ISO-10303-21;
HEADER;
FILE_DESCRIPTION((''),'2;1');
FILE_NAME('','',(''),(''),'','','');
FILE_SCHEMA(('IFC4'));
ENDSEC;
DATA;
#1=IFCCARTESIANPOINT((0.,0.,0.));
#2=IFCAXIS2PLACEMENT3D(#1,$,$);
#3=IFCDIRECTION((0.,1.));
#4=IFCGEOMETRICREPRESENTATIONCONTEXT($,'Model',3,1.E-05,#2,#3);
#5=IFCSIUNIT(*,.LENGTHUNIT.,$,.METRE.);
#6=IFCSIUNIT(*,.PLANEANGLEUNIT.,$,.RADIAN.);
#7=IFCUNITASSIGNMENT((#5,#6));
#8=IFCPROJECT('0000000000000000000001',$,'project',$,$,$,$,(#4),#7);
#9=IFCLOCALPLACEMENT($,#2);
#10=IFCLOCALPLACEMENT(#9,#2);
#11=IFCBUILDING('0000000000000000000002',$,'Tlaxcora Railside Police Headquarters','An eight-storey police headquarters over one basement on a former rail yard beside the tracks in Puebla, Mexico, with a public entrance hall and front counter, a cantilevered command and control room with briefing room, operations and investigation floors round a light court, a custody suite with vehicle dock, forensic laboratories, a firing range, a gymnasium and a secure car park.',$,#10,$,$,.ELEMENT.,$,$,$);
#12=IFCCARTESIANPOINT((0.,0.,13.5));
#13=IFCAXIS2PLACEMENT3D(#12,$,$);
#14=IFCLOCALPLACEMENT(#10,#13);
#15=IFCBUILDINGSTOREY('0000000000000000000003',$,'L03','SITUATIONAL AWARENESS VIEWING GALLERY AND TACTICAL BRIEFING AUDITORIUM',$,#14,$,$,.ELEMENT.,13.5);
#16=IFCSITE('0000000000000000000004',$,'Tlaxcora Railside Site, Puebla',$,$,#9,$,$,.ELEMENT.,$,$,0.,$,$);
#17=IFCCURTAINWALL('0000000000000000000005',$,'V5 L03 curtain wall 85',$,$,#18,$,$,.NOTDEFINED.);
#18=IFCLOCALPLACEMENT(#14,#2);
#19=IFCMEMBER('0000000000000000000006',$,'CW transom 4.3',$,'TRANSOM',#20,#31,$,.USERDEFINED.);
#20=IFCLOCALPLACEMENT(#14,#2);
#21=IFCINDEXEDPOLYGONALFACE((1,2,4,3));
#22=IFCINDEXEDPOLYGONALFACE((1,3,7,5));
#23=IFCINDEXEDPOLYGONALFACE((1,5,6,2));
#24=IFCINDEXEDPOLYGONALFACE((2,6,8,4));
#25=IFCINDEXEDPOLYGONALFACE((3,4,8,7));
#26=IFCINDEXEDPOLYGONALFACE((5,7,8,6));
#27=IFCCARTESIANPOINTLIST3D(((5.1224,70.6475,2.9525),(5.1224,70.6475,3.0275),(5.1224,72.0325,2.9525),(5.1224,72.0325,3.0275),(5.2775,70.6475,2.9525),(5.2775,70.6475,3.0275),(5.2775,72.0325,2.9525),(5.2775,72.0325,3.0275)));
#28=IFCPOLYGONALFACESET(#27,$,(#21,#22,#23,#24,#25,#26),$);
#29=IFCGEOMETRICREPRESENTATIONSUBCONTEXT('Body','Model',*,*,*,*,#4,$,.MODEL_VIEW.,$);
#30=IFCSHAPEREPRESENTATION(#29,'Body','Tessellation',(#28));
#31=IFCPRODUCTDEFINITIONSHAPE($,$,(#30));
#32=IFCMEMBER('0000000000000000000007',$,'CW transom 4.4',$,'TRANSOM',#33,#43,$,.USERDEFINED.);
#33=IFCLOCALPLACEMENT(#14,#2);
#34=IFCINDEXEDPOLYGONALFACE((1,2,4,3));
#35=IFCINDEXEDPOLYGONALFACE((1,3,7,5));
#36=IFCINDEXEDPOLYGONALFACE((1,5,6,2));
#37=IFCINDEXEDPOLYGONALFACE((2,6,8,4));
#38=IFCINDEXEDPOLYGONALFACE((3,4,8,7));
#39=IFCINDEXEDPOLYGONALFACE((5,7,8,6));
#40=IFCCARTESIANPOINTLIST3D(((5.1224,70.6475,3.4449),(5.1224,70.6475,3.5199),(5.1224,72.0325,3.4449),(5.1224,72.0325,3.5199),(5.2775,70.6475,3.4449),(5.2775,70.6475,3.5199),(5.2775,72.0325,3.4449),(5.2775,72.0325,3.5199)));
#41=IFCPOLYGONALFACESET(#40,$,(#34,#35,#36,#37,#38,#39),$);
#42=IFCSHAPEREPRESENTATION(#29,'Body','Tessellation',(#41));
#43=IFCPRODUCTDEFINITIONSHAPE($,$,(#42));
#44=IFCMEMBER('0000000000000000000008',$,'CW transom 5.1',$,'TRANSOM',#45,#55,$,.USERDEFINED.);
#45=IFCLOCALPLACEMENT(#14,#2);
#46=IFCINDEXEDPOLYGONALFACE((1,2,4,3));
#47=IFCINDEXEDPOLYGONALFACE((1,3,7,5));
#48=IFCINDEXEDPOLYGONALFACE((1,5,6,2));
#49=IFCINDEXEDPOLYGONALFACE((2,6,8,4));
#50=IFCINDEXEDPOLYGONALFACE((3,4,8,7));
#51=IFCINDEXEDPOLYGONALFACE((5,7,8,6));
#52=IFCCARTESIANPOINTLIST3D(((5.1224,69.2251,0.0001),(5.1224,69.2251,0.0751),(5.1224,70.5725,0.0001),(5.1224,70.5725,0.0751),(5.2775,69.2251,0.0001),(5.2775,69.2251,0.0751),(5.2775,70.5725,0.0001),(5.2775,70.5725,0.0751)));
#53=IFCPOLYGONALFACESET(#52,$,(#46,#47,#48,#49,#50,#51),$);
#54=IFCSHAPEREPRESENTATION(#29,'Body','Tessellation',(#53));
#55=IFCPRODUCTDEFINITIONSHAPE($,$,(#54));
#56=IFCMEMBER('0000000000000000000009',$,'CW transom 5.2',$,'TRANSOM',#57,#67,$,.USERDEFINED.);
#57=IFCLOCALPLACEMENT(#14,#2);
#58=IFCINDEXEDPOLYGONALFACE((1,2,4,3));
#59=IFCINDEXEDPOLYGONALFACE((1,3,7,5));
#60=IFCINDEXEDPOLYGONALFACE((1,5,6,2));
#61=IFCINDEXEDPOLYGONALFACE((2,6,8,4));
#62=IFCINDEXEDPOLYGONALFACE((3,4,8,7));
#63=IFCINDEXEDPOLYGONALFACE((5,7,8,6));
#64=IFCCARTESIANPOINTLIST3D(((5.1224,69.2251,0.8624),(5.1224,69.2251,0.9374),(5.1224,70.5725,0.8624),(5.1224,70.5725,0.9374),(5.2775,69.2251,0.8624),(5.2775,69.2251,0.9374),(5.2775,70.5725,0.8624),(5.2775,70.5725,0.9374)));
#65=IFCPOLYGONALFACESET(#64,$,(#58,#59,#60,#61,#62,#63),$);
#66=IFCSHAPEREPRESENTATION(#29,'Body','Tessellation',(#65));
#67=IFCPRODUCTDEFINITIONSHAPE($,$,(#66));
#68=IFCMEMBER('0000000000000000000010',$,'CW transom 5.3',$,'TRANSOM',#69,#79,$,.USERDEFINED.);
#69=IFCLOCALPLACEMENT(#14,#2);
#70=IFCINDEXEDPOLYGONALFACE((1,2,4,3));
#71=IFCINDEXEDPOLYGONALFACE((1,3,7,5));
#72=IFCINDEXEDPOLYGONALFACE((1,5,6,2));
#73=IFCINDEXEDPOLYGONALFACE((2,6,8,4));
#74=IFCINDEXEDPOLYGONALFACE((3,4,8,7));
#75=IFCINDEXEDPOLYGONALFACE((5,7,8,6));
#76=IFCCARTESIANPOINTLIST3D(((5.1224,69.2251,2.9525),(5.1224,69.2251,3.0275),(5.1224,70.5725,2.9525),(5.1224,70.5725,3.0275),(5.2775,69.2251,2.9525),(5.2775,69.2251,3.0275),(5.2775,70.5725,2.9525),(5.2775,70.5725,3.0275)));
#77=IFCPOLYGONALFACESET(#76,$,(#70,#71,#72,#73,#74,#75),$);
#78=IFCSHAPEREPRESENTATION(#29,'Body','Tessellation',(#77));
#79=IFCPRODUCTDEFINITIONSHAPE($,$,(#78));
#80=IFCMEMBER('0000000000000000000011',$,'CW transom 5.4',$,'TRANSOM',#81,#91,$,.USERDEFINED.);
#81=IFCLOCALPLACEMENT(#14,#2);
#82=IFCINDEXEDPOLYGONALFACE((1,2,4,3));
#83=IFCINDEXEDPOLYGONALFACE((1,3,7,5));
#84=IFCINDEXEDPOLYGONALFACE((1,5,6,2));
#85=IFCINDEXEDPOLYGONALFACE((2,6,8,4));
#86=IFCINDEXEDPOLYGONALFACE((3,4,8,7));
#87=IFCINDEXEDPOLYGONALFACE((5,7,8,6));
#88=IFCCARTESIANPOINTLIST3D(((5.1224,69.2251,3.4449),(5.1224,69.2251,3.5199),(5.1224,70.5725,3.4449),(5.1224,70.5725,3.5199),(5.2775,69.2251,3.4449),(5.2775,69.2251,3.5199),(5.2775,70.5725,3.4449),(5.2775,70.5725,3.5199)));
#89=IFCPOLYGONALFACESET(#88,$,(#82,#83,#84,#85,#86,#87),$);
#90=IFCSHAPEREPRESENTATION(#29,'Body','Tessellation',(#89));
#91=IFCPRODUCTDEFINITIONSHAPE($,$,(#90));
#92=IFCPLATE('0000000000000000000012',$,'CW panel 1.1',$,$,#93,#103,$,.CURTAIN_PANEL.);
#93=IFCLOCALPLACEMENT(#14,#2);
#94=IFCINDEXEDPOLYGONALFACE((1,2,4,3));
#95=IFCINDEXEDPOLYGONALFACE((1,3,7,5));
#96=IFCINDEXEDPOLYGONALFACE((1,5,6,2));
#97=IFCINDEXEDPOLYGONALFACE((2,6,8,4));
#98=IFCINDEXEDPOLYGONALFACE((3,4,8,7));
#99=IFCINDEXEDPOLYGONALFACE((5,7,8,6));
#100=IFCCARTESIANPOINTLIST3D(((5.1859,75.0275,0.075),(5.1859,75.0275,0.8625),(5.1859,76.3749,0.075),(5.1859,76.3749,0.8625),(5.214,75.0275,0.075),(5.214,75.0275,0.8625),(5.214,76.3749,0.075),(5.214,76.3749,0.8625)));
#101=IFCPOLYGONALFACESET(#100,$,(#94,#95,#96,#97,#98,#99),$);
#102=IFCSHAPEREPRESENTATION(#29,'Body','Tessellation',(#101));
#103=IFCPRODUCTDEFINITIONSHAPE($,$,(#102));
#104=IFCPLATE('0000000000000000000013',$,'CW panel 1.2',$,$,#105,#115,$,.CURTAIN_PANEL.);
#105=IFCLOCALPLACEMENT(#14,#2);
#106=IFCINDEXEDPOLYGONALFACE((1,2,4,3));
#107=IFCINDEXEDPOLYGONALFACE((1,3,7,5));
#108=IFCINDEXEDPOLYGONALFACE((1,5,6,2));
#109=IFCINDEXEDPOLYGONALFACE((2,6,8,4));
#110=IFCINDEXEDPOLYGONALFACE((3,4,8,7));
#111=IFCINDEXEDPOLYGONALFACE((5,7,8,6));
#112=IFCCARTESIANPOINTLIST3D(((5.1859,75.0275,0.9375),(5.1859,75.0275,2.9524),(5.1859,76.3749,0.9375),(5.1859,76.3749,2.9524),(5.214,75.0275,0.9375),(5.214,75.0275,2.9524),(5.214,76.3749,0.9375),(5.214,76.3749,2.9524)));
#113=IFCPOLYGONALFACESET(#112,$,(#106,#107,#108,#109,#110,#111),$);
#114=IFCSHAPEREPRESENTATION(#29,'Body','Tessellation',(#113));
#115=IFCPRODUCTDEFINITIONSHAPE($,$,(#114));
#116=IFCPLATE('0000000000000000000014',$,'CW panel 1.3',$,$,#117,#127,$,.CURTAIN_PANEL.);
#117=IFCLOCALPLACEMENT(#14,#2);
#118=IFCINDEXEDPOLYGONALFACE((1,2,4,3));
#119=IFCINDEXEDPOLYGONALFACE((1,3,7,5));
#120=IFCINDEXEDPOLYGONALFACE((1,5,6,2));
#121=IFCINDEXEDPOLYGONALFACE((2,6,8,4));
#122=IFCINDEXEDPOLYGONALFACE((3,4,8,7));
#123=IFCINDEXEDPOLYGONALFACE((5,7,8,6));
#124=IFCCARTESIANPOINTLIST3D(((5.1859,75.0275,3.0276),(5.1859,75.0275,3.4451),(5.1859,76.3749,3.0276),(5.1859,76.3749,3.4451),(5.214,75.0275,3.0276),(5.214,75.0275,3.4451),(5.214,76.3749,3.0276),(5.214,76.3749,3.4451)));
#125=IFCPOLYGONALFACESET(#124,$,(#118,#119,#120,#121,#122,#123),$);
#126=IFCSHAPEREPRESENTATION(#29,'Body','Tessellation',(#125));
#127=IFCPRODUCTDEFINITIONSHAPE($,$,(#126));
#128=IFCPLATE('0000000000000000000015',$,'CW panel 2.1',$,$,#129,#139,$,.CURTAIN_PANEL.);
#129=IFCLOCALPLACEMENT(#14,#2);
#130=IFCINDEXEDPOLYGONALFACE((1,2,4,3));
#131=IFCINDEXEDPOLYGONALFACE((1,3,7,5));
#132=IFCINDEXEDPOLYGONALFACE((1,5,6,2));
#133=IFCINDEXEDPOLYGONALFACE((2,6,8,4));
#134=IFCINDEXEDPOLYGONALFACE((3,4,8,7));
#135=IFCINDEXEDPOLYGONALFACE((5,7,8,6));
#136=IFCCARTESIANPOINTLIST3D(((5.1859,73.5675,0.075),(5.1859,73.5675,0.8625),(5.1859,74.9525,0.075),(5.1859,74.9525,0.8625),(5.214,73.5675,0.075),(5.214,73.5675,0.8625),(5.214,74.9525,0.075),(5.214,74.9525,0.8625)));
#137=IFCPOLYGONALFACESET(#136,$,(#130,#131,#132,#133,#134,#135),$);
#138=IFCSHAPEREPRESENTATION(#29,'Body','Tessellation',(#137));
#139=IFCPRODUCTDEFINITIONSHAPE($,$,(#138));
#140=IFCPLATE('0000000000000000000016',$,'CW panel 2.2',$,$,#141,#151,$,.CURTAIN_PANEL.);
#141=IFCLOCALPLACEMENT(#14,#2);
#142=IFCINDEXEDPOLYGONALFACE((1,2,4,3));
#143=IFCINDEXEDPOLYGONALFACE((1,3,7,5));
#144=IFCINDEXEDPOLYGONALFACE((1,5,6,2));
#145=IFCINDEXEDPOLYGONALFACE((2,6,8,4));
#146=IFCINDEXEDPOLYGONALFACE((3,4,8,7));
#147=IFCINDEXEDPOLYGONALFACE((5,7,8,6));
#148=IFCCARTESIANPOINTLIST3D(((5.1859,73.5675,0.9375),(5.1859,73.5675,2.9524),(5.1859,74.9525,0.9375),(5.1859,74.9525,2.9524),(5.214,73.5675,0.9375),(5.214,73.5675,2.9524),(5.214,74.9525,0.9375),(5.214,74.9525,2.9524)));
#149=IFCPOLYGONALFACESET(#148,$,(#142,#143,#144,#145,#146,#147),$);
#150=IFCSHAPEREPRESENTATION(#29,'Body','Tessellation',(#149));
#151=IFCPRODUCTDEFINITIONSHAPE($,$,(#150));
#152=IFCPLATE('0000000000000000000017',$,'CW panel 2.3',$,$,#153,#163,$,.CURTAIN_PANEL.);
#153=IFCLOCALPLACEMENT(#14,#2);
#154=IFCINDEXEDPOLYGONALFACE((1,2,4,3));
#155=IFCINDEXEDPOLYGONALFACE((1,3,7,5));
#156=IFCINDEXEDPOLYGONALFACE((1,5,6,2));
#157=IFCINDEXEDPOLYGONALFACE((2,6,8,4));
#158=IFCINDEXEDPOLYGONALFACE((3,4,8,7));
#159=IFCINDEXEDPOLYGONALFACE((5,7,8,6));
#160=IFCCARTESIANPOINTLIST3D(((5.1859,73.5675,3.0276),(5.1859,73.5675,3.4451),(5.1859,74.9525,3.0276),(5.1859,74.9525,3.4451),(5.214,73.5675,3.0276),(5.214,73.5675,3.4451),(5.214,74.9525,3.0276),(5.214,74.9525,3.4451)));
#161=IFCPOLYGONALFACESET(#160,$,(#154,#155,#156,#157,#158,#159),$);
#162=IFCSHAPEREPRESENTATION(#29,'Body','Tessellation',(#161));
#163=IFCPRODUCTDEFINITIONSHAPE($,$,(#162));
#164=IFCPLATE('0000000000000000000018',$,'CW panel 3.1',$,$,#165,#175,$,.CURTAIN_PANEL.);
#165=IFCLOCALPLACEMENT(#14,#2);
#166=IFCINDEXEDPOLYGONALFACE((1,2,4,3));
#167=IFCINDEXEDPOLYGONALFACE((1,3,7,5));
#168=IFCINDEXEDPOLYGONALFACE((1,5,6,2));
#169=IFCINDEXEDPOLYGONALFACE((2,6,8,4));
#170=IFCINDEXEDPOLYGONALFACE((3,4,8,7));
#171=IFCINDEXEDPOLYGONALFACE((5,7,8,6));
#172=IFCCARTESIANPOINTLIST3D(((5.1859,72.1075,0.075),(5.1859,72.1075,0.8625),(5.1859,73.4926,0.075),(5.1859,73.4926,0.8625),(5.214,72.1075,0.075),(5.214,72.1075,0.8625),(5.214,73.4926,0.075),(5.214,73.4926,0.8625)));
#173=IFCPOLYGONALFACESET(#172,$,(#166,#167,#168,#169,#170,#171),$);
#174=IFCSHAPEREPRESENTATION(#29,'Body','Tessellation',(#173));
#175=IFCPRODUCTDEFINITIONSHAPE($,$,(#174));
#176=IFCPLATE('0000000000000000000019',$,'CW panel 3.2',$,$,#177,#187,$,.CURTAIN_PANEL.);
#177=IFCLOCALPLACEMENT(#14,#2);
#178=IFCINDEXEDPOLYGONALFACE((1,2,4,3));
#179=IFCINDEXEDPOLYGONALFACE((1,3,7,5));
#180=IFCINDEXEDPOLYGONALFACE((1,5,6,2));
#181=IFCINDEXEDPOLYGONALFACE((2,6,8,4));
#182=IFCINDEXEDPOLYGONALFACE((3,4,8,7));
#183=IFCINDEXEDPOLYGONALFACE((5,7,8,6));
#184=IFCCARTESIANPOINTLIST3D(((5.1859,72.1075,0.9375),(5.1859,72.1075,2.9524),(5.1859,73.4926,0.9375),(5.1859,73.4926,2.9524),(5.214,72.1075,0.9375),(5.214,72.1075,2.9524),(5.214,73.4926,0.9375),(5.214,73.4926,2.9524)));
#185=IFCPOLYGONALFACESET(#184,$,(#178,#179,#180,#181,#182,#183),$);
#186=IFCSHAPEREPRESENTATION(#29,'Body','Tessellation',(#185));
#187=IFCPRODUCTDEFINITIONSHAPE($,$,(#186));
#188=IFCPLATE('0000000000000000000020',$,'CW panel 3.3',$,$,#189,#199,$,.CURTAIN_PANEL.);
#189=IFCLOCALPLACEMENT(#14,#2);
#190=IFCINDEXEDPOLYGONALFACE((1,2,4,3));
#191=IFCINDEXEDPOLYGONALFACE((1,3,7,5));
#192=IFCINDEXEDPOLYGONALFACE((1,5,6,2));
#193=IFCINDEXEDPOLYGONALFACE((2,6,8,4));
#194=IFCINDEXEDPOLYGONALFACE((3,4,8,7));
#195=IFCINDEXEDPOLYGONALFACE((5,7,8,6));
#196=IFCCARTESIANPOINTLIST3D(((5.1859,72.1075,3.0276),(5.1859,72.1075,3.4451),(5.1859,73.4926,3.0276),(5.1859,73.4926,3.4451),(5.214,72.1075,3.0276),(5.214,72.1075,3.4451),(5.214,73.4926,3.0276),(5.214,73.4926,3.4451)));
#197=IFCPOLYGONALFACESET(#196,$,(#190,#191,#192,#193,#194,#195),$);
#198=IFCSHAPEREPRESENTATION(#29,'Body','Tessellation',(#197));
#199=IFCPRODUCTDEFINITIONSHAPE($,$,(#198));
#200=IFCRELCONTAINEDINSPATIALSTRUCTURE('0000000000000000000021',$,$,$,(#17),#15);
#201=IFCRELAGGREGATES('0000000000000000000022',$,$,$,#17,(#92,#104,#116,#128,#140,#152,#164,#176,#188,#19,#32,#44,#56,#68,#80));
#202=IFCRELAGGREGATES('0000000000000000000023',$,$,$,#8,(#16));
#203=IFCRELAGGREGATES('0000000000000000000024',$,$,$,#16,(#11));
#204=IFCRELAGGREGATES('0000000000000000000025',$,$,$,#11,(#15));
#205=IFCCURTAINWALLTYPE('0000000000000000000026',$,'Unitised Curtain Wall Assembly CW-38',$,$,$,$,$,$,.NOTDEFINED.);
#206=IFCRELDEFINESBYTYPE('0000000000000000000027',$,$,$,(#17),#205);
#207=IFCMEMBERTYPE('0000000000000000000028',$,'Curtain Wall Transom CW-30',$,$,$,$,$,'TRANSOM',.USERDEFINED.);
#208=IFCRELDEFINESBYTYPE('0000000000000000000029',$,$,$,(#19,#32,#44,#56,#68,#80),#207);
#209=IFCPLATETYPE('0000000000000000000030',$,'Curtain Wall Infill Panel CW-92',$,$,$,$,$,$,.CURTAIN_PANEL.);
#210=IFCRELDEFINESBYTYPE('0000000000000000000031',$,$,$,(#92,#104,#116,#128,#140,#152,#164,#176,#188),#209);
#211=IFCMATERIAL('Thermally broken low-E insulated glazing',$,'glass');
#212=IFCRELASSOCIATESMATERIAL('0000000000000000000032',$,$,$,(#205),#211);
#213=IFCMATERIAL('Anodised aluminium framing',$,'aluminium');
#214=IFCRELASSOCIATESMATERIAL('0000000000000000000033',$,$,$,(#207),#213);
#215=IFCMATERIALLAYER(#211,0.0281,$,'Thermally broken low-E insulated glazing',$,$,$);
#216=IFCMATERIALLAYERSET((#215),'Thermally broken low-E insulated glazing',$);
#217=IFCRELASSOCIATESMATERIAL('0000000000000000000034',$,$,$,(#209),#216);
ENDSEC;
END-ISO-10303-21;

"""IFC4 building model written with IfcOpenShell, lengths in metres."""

from ifc_helpers import new_model, si_unit, direction, frame, origin, origin_2d, place, context, subcontext, project, spatial, rectangle, extrude, material, layer, layer_set, material_profile, profile_set, type_object, element, aggregate, save


model = new_model("IFC4")

# Units and contexts
model_context = context("Model", 3, precision=1e-05, world=origin(), true_north=direction((0.0, 1.0)))
body_context = subcontext(model_context, "Body", "Model", "MODEL_VIEW")
ifc_project = project(units=[si_unit("LENGTHUNIT", "METRE"), si_unit("PLANEANGLEUNIT", "RADIAN")], contexts=[model_context])

# Site, building, storey
site_placement = place(None, origin())
site = spatial("IfcSite", under=ifc_project, at=site_placement, Name="Tlaxcora Railside Site, Puebla", CompositionType="ELEMENT", RefElevation=0.0)
building_placement = place(site_placement, origin())
building = spatial("IfcBuilding", under=site, at=building_placement, Name="Tlaxcora Railside Police Headquarters", Description="An eight-storey police headquarters over one basement on a former rail yard beside the tracks in Puebla, Mexico, with a public entrance hall and front counter, a cantilevered command and control room with briefing room, operations and investigation floors round a light court, a custody suite with vehicle dock, forensic laboratories, a firing range, a gymnasium and a secure car park.", CompositionType="ELEMENT")
storey_placement = place(building_placement, frame((0.0, 0.0, 13.5)))
storey = spatial("IfcBuildingStorey", under=building, at=storey_placement, Name="L03", Description="SITUATIONAL AWARENESS VIEWING GALLERY AND TACTICAL BRIEFING AUDITORIUM", CompositionType="ELEMENT", Elevation=13.5)

# Curtain wall, members, plates
ifc_material_1 = material(Name="Thermally broken low-E insulated glazing", Category="glass")
curtain_wall_type = type_object("IfcCurtainWallType", Name="Unitised Curtain Wall Assembly CW-38", PredefinedType="NOTDEFINED", material=ifc_material_1)
curtain_wall_placement = place(storey_placement, origin())
curtain_wall = element("IfcCurtainWall", 1, at=curtain_wall_placement, inside=storey, type_object=curtain_wall_type, Name="V5 L03 curtain wall 85", PredefinedType="NOTDEFINED")
ifc_material_2 = material(Name="Anodised aluminium framing", Category="aluminium")
ifc_material_profile_1 = material_profile(ifc_material_2, rectangle(XDim=0.155, YDim=0.075, at=origin_2d()), Name="AL75X155")
ifc_profile_set_1 = profile_set([ifc_material_profile_1], Name="Anodised aluminium framing")
member_type_1 = type_object("IfcMemberType", Name="Curtain Wall Transom CW-30", ElementType="TRANSOM", PredefinedType="USERDEFINED", material=ifc_profile_set_1)
member_1_placement = place(storey_placement, frame((5.2, 72.0325, 2.99), z_axis=(0.0, -1.0, 0.0), x_axis=(1.0, 0.0, 0.0)))
member_1 = element("IfcMember", 2, at=member_1_placement, type_object=member_type_1, Name="CW transom 4.3", ObjectType="TRANSOM", PredefinedType="USERDEFINED", context=body_context, shape_type="SweptSolid", body=[
    extrude(rectangle(XDim=0.155, YDim=0.075, at=origin_2d()), origin(), (0.0, 0.0, 1.0), 1.385),
])
member_2_placement = place(storey_placement, frame((5.2, 72.0325, 3.4824), z_axis=(0.0, -1.0, 0.0), x_axis=(1.0, 0.0, 0.0)))
member_2 = element("IfcMember", 3, at=member_2_placement, type_object=member_type_1, Name="CW transom 4.4", ObjectType="TRANSOM", PredefinedType="USERDEFINED", context=body_context, shape_type="SweptSolid", body=[
    extrude(rectangle(XDim=0.155, YDim=0.075, at=origin_2d()), origin(), (0.0, 0.0, 1.0), 1.385),
])
member_3_placement = place(storey_placement, frame((5.2, 70.5725, 0.0376), z_axis=(0.0, -1.0, 0.0), x_axis=(1.0, 0.0, 0.0)))
member_3 = element("IfcMember", 4, at=member_3_placement, type_object=member_type_1, Name="CW transom 5.1", ObjectType="TRANSOM", PredefinedType="USERDEFINED", context=body_context, shape_type="SweptSolid", body=[
    extrude(rectangle(XDim=0.155, YDim=0.075, at=origin_2d()), origin(), (0.0, 0.0, 1.0), 1.3474),
])
member_4_placement = place(storey_placement, frame((5.2, 70.5725, 0.8999), z_axis=(0.0, -1.0, 0.0), x_axis=(1.0, 0.0, 0.0)))
member_4 = element("IfcMember", 5, at=member_4_placement, type_object=member_type_1, Name="CW transom 5.2", ObjectType="TRANSOM", PredefinedType="USERDEFINED", context=body_context, shape_type="SweptSolid", body=[
    extrude(rectangle(XDim=0.155, YDim=0.075, at=origin_2d()), origin(), (0.0, 0.0, 1.0), 1.3474),
])
member_5_placement = place(storey_placement, frame((5.2, 70.5725, 2.99), z_axis=(0.0, -1.0, 0.0), x_axis=(1.0, 0.0, 0.0)))
member_5 = element("IfcMember", 6, at=member_5_placement, type_object=member_type_1, Name="CW transom 5.3", ObjectType="TRANSOM", PredefinedType="USERDEFINED", context=body_context, shape_type="SweptSolid", body=[
    extrude(rectangle(XDim=0.155, YDim=0.075, at=origin_2d()), origin(), (0.0, 0.0, 1.0), 1.3474),
])
member_6_placement = place(storey_placement, frame((5.2, 70.5725, 3.4824), z_axis=(0.0, -1.0, 0.0), x_axis=(1.0, 0.0, 0.0)))
member_6 = element("IfcMember", 7, at=member_6_placement, type_object=member_type_1, Name="CW transom 5.4", ObjectType="TRANSOM", PredefinedType="USERDEFINED", context=body_context, shape_type="SweptSolid", body=[
    extrude(rectangle(XDim=0.155, YDim=0.075, at=origin_2d()), origin(), (0.0, 0.0, 1.0), 1.3474),
])
ifc_layer_1 = layer(ifc_material_1, 0.0281, Name="Thermally broken low-E insulated glazing")
ifc_layer_set_1 = layer_set([ifc_layer_1], Name="Thermally broken low-E insulated glazing")
plate_type = type_object("IfcPlateType", Name="Curtain Wall Infill Panel CW-92", PredefinedType="CURTAIN_PANEL", material=ifc_layer_set_1)
plate_1_placement = place(storey_placement, frame((5.2, 75.7012, 0.075), z_axis=(0.0, 0.0, 1.0), x_axis=(0.0, -1.0, 0.0)))
plate_1 = element("IfcPlate", 8, at=plate_1_placement, type_object=plate_type, Name="CW panel 1.1", PredefinedType="CURTAIN_PANEL", context=body_context, shape_type="SweptSolid", body=[
    extrude(rectangle(XDim=1.3474, YDim=0.0281, at=origin_2d()), origin(), (0.0, 0.0, 1.0), 0.7876),
])
plate_2_placement = place(storey_placement, frame((5.2, 75.7012, 0.9375), z_axis=(0.0, 0.0, 1.0), x_axis=(0.0, -1.0, 0.0)))
plate_2 = element("IfcPlate", 9, at=plate_2_placement, type_object=plate_type, Name="CW panel 1.2", PredefinedType="CURTAIN_PANEL", context=body_context, shape_type="SweptSolid", body=[
    extrude(rectangle(XDim=1.3474, YDim=0.0281, at=origin_2d()), origin(), (0.0, 0.0, 1.0), 2.0149),
])
plate_3_placement = place(storey_placement, frame((5.2, 75.7012, 3.0276), z_axis=(0.0, 0.0, 1.0), x_axis=(0.0, -1.0, 0.0)))
plate_3 = element("IfcPlate", 10, at=plate_3_placement, type_object=plate_type, Name="CW panel 1.3", PredefinedType="CURTAIN_PANEL", context=body_context, shape_type="SweptSolid", body=[
    extrude(rectangle(XDim=1.3474, YDim=0.0281, at=origin_2d()), origin(), (0.0, 0.0, 1.0), 0.4175),
])
plate_4_placement = place(storey_placement, frame((5.2, 74.26, 0.075), z_axis=(0.0, 0.0, 1.0), x_axis=(0.0, -1.0, 0.0)))
plate_4 = element("IfcPlate", 11, at=plate_4_placement, type_object=plate_type, Name="CW panel 2.1", PredefinedType="CURTAIN_PANEL", context=body_context, shape_type="SweptSolid", body=[
    extrude(rectangle(XDim=1.385, YDim=0.0281, at=origin_2d()), origin(), (0.0, 0.0, 1.0), 0.7876),
])
plate_5_placement = place(storey_placement, frame((5.2, 74.26, 0.9375), z_axis=(0.0, 0.0, 1.0), x_axis=(0.0, -1.0, 0.0)))
plate_5 = element("IfcPlate", 12, at=plate_5_placement, type_object=plate_type, Name="CW panel 2.2", PredefinedType="CURTAIN_PANEL", context=body_context, shape_type="SweptSolid", body=[
    extrude(rectangle(XDim=1.385, YDim=0.0281, at=origin_2d()), origin(), (0.0, 0.0, 1.0), 2.0149),
])
plate_6_placement = place(storey_placement, frame((5.2, 74.26, 3.0276), z_axis=(0.0, 0.0, 1.0), x_axis=(0.0, -1.0, 0.0)))
plate_6 = element("IfcPlate", 13, at=plate_6_placement, type_object=plate_type, Name="CW panel 2.3", PredefinedType="CURTAIN_PANEL", context=body_context, shape_type="SweptSolid", body=[
    extrude(rectangle(XDim=1.385, YDim=0.0281, at=origin_2d()), origin(), (0.0, 0.0, 1.0), 0.4175),
])
plate_7_placement = place(storey_placement, frame((5.2, 72.8, 0.075), z_axis=(0.0, 0.0, 1.0), x_axis=(0.0, -1.0, 0.0)))
plate_7 = element("IfcPlate", 14, at=plate_7_placement, type_object=plate_type, Name="CW panel 3.1", PredefinedType="CURTAIN_PANEL", context=body_context, shape_type="SweptSolid", body=[
    extrude(rectangle(XDim=1.385, YDim=0.0281, at=origin_2d()), origin(), (0.0, 0.0, 1.0), 0.7876),
])
plate_8_placement = place(storey_placement, frame((5.2, 72.8, 0.9375), z_axis=(0.0, 0.0, 1.0), x_axis=(0.0, -1.0, 0.0)))
plate_8 = element("IfcPlate", 15, at=plate_8_placement, type_object=plate_type, Name="CW panel 3.2", PredefinedType="CURTAIN_PANEL", context=body_context, shape_type="SweptSolid", body=[
    extrude(rectangle(XDim=1.385, YDim=0.0281, at=origin_2d()), origin(), (0.0, 0.0, 1.0), 2.0149),
])
plate_9_placement = place(storey_placement, frame((5.2, 72.8, 3.0276), z_axis=(0.0, 0.0, 1.0), x_axis=(0.0, -1.0, 0.0)))
plate_9 = element("IfcPlate", 16, at=plate_9_placement, type_object=plate_type, Name="CW panel 3.3", PredefinedType="CURTAIN_PANEL", context=body_context, shape_type="SweptSolid", body=[
    extrude(rectangle(XDim=1.385, YDim=0.0281, at=origin_2d()), origin(), (0.0, 0.0, 1.0), 0.4175),
])
aggregate(curtain_wall, [plate_1, plate_2, plate_3, plate_4, plate_5, plate_6, plate_7, plate_8, plate_9, member_1, member_2, member_3, member_4, member_5, member_6])

save(model, "model.ifc")
